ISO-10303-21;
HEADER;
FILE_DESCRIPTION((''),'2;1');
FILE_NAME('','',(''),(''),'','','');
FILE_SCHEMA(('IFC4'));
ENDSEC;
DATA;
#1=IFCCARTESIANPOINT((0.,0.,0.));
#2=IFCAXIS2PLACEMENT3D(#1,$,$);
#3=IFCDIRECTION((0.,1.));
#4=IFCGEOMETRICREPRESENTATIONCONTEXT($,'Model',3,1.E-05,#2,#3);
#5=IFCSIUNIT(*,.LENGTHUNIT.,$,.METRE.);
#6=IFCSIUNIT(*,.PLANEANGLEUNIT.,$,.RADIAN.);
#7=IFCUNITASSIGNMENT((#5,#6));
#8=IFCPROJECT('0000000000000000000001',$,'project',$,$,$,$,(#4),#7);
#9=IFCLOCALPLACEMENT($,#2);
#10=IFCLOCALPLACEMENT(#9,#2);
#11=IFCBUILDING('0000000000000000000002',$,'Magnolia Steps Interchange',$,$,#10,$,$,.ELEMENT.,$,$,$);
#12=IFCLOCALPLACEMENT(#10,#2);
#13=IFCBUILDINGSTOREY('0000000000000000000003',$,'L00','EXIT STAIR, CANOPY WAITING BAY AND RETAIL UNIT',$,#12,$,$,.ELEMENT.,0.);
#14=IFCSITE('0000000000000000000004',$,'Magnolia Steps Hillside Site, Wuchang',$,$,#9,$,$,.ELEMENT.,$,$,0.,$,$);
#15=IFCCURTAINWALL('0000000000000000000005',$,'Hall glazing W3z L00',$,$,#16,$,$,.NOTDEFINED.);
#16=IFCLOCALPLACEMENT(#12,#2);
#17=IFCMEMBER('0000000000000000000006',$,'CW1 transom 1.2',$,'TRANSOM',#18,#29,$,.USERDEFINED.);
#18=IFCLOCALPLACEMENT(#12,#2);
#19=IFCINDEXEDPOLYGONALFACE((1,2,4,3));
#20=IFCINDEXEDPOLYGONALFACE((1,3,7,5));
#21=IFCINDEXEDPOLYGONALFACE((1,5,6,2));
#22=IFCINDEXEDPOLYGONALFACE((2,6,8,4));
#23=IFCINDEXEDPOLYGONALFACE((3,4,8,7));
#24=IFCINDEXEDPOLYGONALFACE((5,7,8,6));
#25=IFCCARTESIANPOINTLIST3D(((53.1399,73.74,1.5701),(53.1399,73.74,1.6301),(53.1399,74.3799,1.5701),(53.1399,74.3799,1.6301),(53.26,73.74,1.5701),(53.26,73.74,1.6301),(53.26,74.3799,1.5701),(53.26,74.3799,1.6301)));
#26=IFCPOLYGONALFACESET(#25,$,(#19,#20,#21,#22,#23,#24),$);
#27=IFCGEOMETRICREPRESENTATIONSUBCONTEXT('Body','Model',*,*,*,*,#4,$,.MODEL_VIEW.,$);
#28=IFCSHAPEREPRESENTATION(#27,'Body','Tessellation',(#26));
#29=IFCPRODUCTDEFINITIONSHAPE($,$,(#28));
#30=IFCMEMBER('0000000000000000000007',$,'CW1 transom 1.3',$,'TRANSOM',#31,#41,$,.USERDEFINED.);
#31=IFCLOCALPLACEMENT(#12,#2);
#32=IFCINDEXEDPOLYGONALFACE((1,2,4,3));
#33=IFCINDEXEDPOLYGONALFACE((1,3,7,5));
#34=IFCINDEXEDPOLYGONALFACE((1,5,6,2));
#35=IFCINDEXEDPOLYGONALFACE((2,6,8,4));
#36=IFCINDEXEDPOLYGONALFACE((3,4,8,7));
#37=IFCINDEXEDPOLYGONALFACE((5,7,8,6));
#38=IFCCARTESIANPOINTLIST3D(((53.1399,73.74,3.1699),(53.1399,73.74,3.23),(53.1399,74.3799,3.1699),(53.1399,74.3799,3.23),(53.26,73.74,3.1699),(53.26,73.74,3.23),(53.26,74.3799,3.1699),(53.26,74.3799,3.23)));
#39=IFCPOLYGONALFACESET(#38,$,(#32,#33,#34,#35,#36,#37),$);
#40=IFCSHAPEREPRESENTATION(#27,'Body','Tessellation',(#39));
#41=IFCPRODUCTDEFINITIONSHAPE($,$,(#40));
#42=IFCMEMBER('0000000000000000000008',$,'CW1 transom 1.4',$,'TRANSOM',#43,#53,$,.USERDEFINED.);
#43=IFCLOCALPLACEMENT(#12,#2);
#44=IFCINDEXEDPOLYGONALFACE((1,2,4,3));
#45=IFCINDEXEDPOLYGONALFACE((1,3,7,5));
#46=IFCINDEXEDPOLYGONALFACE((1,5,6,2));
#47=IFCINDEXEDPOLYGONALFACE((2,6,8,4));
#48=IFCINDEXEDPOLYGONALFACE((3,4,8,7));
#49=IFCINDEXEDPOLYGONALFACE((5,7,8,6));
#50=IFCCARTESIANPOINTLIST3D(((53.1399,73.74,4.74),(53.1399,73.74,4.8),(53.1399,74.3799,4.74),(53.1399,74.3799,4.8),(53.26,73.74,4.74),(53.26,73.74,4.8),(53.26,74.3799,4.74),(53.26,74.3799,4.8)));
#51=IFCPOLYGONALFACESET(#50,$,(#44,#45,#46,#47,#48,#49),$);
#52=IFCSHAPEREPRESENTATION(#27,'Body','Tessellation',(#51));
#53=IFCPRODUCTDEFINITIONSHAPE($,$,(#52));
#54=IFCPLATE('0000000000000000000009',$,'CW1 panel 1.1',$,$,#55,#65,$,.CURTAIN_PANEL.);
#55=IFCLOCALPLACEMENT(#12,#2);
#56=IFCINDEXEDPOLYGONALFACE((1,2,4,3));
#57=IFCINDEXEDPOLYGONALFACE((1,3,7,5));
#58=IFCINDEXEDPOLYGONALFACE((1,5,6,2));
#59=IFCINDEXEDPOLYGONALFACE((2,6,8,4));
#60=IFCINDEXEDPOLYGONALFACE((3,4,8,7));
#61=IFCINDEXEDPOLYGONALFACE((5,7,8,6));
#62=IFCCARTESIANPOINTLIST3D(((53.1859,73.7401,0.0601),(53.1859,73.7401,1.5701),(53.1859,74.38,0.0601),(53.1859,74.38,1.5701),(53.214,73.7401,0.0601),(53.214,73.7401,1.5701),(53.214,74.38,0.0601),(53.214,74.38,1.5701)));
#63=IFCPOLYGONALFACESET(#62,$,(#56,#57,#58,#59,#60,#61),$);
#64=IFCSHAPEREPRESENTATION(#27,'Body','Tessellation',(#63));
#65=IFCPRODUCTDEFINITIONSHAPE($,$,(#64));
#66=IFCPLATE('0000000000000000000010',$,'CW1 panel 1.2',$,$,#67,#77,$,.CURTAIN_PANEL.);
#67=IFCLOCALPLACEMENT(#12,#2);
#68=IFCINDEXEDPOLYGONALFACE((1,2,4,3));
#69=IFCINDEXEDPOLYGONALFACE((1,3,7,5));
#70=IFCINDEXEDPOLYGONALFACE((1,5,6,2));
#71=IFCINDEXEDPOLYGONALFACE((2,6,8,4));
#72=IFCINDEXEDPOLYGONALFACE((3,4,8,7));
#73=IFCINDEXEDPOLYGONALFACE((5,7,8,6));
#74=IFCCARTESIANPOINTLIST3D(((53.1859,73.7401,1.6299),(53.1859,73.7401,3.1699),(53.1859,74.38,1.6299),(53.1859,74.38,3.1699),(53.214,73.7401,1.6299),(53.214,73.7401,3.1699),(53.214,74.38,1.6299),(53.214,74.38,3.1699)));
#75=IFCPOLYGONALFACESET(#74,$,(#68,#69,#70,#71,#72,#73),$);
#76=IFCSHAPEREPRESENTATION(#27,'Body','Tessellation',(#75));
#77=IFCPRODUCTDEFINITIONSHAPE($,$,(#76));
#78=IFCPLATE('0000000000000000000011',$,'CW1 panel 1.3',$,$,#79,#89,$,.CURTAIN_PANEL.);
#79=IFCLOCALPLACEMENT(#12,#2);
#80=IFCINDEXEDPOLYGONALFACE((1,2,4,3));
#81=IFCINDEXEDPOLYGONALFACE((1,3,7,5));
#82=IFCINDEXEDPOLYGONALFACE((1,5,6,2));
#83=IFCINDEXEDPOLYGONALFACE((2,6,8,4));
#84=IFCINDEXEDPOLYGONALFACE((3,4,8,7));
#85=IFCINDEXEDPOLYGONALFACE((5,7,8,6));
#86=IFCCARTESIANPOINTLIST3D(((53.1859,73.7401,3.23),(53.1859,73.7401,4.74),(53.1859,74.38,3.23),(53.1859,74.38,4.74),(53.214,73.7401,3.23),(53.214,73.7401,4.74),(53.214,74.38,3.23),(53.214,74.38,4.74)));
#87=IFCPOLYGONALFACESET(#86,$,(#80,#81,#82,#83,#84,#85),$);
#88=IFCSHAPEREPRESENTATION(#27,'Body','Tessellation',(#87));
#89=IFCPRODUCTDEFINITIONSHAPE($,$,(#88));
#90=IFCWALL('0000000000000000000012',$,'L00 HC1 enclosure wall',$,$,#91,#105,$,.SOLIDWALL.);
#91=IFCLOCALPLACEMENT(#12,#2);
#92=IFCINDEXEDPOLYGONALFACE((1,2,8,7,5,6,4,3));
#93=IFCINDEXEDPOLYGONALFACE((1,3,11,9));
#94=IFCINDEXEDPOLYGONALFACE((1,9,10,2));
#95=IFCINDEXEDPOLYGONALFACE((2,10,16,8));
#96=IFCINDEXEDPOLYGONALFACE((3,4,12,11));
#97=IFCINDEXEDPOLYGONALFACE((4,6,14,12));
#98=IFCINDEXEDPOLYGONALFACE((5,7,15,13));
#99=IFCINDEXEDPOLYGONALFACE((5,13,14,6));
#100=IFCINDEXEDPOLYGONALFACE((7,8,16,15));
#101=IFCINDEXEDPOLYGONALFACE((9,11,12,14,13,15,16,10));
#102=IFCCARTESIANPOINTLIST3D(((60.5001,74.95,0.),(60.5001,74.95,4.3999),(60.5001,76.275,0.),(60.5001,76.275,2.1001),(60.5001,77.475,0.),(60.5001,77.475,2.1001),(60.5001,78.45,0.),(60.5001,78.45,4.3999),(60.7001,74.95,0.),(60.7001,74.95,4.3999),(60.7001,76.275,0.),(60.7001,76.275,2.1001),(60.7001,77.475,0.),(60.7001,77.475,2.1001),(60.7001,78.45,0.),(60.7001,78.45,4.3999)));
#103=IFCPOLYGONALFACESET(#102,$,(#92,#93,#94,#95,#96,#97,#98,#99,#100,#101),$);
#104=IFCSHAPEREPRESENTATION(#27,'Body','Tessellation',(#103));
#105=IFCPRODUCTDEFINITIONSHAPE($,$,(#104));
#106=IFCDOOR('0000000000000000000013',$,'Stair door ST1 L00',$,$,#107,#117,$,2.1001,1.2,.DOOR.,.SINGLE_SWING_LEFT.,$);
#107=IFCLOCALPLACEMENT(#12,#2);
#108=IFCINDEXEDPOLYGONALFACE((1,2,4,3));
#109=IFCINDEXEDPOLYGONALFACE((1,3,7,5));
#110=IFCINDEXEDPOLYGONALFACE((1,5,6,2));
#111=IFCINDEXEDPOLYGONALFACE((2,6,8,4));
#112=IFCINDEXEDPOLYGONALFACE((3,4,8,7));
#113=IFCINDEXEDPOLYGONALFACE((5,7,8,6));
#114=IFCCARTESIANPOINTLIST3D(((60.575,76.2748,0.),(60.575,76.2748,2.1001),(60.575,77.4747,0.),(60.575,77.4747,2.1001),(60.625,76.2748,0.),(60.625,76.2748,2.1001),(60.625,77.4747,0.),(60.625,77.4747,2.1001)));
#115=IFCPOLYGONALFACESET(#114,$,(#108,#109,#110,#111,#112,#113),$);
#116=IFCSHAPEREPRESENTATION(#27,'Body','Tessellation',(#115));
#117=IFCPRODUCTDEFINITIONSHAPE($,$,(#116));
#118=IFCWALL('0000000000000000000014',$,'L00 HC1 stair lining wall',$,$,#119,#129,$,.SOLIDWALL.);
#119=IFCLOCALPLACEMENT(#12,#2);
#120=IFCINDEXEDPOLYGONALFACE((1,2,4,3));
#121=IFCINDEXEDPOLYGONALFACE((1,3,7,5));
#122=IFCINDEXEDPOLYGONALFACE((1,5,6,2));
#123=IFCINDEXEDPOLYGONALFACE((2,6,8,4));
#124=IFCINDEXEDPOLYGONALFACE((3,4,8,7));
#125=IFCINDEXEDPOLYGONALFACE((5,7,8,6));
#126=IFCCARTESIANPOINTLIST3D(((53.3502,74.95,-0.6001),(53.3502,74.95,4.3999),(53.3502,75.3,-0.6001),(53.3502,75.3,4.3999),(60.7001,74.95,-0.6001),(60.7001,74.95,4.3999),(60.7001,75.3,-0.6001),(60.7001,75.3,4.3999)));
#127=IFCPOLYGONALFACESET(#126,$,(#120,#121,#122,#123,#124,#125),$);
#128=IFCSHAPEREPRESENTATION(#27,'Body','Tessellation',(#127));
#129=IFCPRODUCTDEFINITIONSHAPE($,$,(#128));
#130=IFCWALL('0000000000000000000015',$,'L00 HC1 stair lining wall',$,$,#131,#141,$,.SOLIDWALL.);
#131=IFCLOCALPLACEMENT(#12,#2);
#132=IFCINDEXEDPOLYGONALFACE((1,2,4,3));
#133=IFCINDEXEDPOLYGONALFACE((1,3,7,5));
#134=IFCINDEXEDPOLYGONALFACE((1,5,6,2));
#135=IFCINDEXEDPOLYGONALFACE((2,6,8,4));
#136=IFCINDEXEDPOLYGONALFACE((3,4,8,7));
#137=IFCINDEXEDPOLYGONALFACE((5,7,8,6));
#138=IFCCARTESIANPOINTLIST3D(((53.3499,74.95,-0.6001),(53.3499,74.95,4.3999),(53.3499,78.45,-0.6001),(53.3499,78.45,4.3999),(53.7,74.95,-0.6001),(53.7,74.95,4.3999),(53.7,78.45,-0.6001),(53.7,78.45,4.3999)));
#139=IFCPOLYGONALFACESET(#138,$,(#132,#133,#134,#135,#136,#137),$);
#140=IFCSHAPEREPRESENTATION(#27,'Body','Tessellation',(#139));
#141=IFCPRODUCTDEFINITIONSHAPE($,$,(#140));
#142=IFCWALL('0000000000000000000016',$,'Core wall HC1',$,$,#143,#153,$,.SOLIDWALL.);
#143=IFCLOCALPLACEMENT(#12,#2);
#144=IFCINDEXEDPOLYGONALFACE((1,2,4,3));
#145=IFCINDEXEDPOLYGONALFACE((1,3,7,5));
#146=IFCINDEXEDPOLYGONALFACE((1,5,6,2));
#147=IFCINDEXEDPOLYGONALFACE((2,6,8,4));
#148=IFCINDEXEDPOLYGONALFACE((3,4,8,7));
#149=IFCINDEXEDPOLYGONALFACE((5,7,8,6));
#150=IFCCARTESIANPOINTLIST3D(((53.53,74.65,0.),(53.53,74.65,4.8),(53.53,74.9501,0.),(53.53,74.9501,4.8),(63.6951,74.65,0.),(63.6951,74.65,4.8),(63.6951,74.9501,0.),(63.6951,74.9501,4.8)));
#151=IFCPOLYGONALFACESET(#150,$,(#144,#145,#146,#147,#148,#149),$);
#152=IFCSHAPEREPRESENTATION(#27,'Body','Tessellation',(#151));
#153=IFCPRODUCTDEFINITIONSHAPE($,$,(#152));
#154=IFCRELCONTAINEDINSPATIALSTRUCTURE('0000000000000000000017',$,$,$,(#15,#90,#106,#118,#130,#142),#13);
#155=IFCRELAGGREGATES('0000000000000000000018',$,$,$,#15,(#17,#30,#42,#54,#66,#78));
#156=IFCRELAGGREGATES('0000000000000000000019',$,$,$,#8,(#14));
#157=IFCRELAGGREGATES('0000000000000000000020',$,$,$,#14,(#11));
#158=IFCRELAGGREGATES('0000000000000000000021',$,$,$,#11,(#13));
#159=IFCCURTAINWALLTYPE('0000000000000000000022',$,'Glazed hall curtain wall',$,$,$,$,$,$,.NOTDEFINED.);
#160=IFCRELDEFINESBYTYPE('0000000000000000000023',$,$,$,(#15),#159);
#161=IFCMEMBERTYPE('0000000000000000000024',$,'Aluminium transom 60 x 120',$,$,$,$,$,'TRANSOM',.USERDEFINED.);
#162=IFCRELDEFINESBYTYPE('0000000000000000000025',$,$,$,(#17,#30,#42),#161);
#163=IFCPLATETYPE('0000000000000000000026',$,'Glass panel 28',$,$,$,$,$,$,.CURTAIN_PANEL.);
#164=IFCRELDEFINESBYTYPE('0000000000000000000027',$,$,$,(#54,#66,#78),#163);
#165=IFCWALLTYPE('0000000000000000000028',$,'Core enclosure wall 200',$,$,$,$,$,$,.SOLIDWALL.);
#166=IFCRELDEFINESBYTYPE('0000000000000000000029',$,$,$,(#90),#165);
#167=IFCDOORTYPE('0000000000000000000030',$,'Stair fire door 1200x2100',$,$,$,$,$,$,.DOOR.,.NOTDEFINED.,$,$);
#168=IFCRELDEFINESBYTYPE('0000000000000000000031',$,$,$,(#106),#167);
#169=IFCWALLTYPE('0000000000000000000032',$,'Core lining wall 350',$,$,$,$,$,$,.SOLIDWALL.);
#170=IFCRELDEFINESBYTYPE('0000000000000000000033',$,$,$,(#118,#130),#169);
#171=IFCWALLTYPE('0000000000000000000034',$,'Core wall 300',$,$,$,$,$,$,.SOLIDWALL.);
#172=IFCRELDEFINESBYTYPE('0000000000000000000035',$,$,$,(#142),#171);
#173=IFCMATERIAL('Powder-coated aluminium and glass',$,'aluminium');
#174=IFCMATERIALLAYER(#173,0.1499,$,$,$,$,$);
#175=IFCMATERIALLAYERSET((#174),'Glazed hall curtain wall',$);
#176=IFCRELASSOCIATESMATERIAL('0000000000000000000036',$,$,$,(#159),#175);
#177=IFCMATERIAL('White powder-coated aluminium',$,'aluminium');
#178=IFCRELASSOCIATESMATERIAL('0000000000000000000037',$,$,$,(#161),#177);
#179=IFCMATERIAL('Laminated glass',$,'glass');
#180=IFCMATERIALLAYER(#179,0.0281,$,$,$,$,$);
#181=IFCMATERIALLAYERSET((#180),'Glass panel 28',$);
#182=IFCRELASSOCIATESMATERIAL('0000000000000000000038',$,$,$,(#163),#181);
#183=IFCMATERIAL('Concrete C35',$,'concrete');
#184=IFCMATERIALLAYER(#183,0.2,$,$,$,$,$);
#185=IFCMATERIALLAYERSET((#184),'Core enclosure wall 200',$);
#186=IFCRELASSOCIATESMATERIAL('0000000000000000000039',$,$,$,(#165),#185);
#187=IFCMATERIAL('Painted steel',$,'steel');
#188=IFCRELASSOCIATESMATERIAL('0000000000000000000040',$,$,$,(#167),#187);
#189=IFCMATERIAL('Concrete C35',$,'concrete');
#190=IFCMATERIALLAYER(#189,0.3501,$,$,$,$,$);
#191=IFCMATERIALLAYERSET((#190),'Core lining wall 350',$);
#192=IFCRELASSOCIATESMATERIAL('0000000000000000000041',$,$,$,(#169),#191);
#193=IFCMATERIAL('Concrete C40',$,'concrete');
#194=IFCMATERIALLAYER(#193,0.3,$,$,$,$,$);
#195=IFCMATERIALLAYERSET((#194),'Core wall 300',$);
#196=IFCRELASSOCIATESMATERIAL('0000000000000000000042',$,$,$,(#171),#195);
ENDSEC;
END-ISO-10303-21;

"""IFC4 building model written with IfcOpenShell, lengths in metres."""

from ifc_helpers import new_model, si_unit, direction, frame, frame_2d, origin, origin_2d, place, context, subcontext, project, spatial, rectangle, extrude, material, layer, layer_set, material_profile, profile_set, type_object, element, fill, aggregate, save


model = new_model("IFC4")

# Units and contexts
model_context = context("Model", 3, precision=1e-05, world=origin(), true_north=direction((0.0, 1.0)))
body_context = subcontext(model_context, "Body", "Model", "MODEL_VIEW")
ifc_project = project(units=[si_unit("LENGTHUNIT", "METRE"), si_unit("PLANEANGLEUNIT", "RADIAN")], contexts=[model_context])

# Site, building, storey
site_placement = place(None, origin())
site = spatial("IfcSite", under=ifc_project, at=site_placement, Name="Magnolia Steps Hillside Site, Wuchang", CompositionType="ELEMENT", RefElevation=0.0)
building_placement = place(site_placement, origin())
building = spatial("IfcBuilding", under=site, at=building_placement, Name="Magnolia Steps Interchange", CompositionType="ELEMENT")
storey_placement = place(building_placement, origin())
storey = spatial("IfcBuildingStorey", under=building, at=storey_placement, Name="L00", Description="EXIT STAIR, CANOPY WAITING BAY AND RETAIL UNIT", CompositionType="ELEMENT", Elevation=0.0)

# Shared definitions
ifc_material_1 = material(Name="Powder-coated aluminium and glass", Category="aluminium")
ifc_layer_1 = layer(ifc_material_1, 0.1499)
ifc_layer_set_1 = layer_set([ifc_layer_1], Name="Glazed hall curtain wall")
curtain_wall_type = type_object("IfcCurtainWallType", Name="Glazed hall curtain wall", PredefinedType="NOTDEFINED", material=ifc_layer_set_1)

# Curtain wall, members, plates
curtain_wall_1_placement = place(storey_placement, origin())
curtain_wall_1 = element("IfcCurtainWall", 1, at=curtain_wall_1_placement, inside=storey, type_object=curtain_wall_type, Name="Hall glazing W3z L00", PredefinedType="NOTDEFINED")
ifc_material_2 = material(Name="White powder-coated aluminium", Category="aluminium")
ifc_material_profile_1 = material_profile(ifc_material_2, rectangle(XDim=0.0601, YDim=0.1201, at=origin_2d()), Name="Aluminium transom 60 x 120")
ifc_profile_set_1 = profile_set([ifc_material_profile_1], Name="White powder-coated aluminium")
member_type_1 = type_object("IfcMemberType", Name="Aluminium transom 60 x 120", ElementType="TRANSOM", PredefinedType="USERDEFINED", material=ifc_profile_set_1)
member_1_placement = place(storey_placement, frame((53.2, 73.74, 1.6001), z_axis=(0.0, 1.0, 0.0), x_axis=(0.0, 0.0, 1.0)))
member_1 = element("IfcMember", 2, at=member_1_placement, type_object=member_type_1, Name="CW1 transom 1.2", ObjectType="TRANSOM", PredefinedType="USERDEFINED", context=body_context, shape_type="SweptSolid", body=[
    extrude(rectangle(XDim=0.0601, YDim=0.1201, at=origin_2d()), origin(), (0.0, 0.0, 1.0), 0.6399),
])
member_2_placement = place(storey_placement, frame((53.2, 73.74, 3.2), z_axis=(0.0, 1.0, 0.0), x_axis=(0.0, 0.0, 1.0)))
member_2 = element("IfcMember", 3, at=member_2_placement, type_object=member_type_1, Name="CW1 transom 1.3", ObjectType="TRANSOM", PredefinedType="USERDEFINED", context=body_context, shape_type="SweptSolid", body=[
    extrude(rectangle(XDim=0.0601, YDim=0.1201, at=origin_2d()), origin(), (0.0, 0.0, 1.0), 0.6399),
])
member_3_placement = place(storey_placement, frame((53.2, 73.74, 4.77), z_axis=(0.0, 1.0, 0.0), x_axis=(0.0, 0.0, 1.0)))
member_3 = element("IfcMember", 4, at=member_3_placement, type_object=member_type_1, Name="CW1 transom 1.4", ObjectType="TRANSOM", PredefinedType="USERDEFINED", context=body_context, shape_type="SweptSolid", body=[
    extrude(rectangle(XDim=0.0601, YDim=0.1201, at=origin_2d()), origin(), (0.0, 0.0, 1.0), 0.6399),
])
ifc_material_3 = material(Name="Laminated glass", Category="glass")
ifc_layer_2 = layer(ifc_material_3, 0.0281)
ifc_layer_set_2 = layer_set([ifc_layer_2], Name="Glass panel 28")
plate_type = type_object("IfcPlateType", Name="Glass panel 28", PredefinedType="CURTAIN_PANEL", material=ifc_layer_set_2)
plate_1_placement = place(storey_placement, frame((53.2, 74.0601, 0.0601), z_axis=(0.0, 0.0, 1.0), x_axis=(0.0, 1.0, 0.0)))
plate_1 = element("IfcPlate", 5, at=plate_1_placement, type_object=plate_type, Name="CW1 panel 1.1", PredefinedType="CURTAIN_PANEL", context=body_context, shape_type="SweptSolid", body=[
    extrude(rectangle(XDim=0.6399, YDim=0.0281, at=origin_2d()), origin(), (0.0, 0.0, 1.0), 1.51),
])
plate_2_placement = place(storey_placement, frame((53.2, 74.0601, 1.6299), z_axis=(0.0, 0.0, 1.0), x_axis=(0.0, 1.0, 0.0)))
plate_2 = element("IfcPlate", 6, at=plate_2_placement, type_object=plate_type, Name="CW1 panel 1.2", PredefinedType="CURTAIN_PANEL", context=body_context, shape_type="SweptSolid", body=[
    extrude(rectangle(XDim=0.6399, YDim=0.0281, at=origin_2d()), origin(), (0.0, 0.0, 1.0), 1.54),
])
plate_3_placement = place(storey_placement, frame((53.2, 74.0601, 3.23), z_axis=(0.0, 0.0, 1.0), x_axis=(0.0, 1.0, 0.0)))
plate_3 = element("IfcPlate", 7, at=plate_3_placement, type_object=plate_type, Name="CW1 panel 1.3", PredefinedType="CURTAIN_PANEL", context=body_context, shape_type="SweptSolid", body=[
    extrude(rectangle(XDim=0.6399, YDim=0.0281, at=origin_2d()), origin(), (0.0, 0.0, 1.0), 1.51),
])
aggregate(curtain_wall_1, [member_1, member_2, member_3, plate_1, plate_2, plate_3])

# Wall, opening, door
ifc_material_4 = material(Name="Concrete C35", Category="concrete")
ifc_layer_3 = layer(ifc_material_4, 0.2)
ifc_layer_set_3 = layer_set([ifc_layer_3], Name="Core enclosure wall 200")
wall_type_1 = type_object("IfcWallType", Name="Core enclosure wall 200", PredefinedType="SOLIDWALL", material=ifc_layer_set_3)
wall_1_placement = place(storey_placement, frame((60.6001, 74.95, 0.0), z_axis=(0.0, 0.0, 1.0), x_axis=(0.0, 1.0, 0.0)))
wall_1 = element("IfcWall", 8, at=wall_1_placement, inside=storey, type_object=wall_type_1, Name="L00 HC1 enclosure wall", PredefinedType="SOLIDWALL", context=body_context, shape_type="SweptSolid", body=[
    extrude(rectangle(XDim=3.5, YDim=0.2, at=frame_2d((1.75, 0.0))), origin(), (0.0, 0.0, 1.0), 4.3999),
])
opening_1_placement = place(wall_1_placement, frame((1.325, 0.0, 0.0)))
opening_1 = element("IfcOpeningElement", 9, at=opening_1_placement, cuts=wall_1, PredefinedType="OPENING", context=body_context, shape_type="SweptSolid", body=[
    extrude(rectangle(XDim=1.2, YDim=2.1001, at=frame_2d((0.6001, 1.05))), frame((0.0, 0.1099, 0.0), z_axis=(0.0, -1.0, 0.0), x_axis=(1.0, 0.0, 0.0)), (0.0, 0.0, 1.0), 0.22),
])
ifc_material_5 = material(Name="Painted steel", Category="steel")
door_type_1 = type_object("IfcDoorType", Name="Stair fire door 1200x2100", OperationType="NOTDEFINED", PredefinedType="DOOR", material=ifc_material_5)
door_1_placement = place(opening_1_placement, frame((1.2, 0.0, 0.0), z_axis=(0.0, 0.0, 1.0), x_axis=(-1.0, 0.0, 0.0)))
door_1 = element("IfcDoor", 10, at=door_1_placement, inside=storey, type_object=door_type_1, Name="Stair door ST1 L00", OperationType="SINGLE_SWING_LEFT", OverallHeight=2.1001, OverallWidth=1.2, PredefinedType="DOOR", context=body_context, shape_type="SweptSolid", body=[
    extrude(rectangle(XDim=1.2, YDim=2.1001, at=frame_2d((0.6001, 1.05))), frame((0.0, 0.0249, 0.0), z_axis=(0.0, -1.0, 0.0), x_axis=(1.0, 0.0, 0.0)), (0.0, 0.0, 1.0), 0.05),
])
fill(opening_1, door_1)

# Walls
ifc_material_6 = material(Name="Concrete C35", Category="concrete")
ifc_layer_4 = layer(ifc_material_6, 0.3501)
ifc_layer_set_4 = layer_set([ifc_layer_4], Name="Core lining wall 350")
wall_type_2 = type_object("IfcWallType", Name="Core lining wall 350", PredefinedType="SOLIDWALL", material=ifc_layer_set_4)
wall_2_placement = place(storey_placement, frame((60.7, 75.125, -0.6001), z_axis=(0.0, 0.0, 1.0), x_axis=(-1.0, 0.0, 0.0)))
element("IfcWall", 11, at=wall_2_placement, inside=storey, type_object=wall_type_2, Name="L00 HC1 stair lining wall", PredefinedType="SOLIDWALL", context=body_context, shape_type="SweptSolid", body=[
    extrude(rectangle(XDim=7.3499, YDim=0.3501, at=frame_2d((3.6748, 0.0))), origin(), (0.0, 0.0, 1.0), 5.0),
])
wall_3_placement = place(storey_placement, frame((53.5249, 74.95, -0.6001), z_axis=(0.0, 0.0, 1.0), x_axis=(0.0, 1.0, 0.0)))
element("IfcWall", 12, at=wall_3_placement, inside=storey, type_object=wall_type_2, Name="L00 HC1 stair lining wall", PredefinedType="SOLIDWALL", context=body_context, shape_type="SweptSolid", body=[
    extrude(rectangle(XDim=3.5, YDim=0.3501, at=frame_2d((1.75, 0.0))), origin(), (0.0, 0.0, 1.0), 5.0),
])
ifc_material_7 = material(Name="Concrete C40", Category="concrete")
ifc_layer_5 = layer(ifc_material_7, 0.3)
ifc_layer_set_5 = layer_set([ifc_layer_5], Name="Core wall 300")
wall_type_3 = type_object("IfcWallType", Name="Core wall 300", PredefinedType="SOLIDWALL", material=ifc_layer_set_5)
wall_4_placement = place(storey_placement, frame((53.53, 74.8, 0.0), z_axis=(0.0, 0.0, 1.0), x_axis=(1.0, 0.0, 0.0)))
element("IfcWall", 13, at=wall_4_placement, inside=storey, type_object=wall_type_3, Name="Core wall HC1", PredefinedType="SOLIDWALL", context=body_context, shape_type="SweptSolid", body=[
    extrude(rectangle(XDim=10.165, YDim=0.3, at=frame_2d((5.0825, 0.0))), origin(), (0.0, 0.0, 1.0), 4.8),
])

save(model, "model.ifc")
